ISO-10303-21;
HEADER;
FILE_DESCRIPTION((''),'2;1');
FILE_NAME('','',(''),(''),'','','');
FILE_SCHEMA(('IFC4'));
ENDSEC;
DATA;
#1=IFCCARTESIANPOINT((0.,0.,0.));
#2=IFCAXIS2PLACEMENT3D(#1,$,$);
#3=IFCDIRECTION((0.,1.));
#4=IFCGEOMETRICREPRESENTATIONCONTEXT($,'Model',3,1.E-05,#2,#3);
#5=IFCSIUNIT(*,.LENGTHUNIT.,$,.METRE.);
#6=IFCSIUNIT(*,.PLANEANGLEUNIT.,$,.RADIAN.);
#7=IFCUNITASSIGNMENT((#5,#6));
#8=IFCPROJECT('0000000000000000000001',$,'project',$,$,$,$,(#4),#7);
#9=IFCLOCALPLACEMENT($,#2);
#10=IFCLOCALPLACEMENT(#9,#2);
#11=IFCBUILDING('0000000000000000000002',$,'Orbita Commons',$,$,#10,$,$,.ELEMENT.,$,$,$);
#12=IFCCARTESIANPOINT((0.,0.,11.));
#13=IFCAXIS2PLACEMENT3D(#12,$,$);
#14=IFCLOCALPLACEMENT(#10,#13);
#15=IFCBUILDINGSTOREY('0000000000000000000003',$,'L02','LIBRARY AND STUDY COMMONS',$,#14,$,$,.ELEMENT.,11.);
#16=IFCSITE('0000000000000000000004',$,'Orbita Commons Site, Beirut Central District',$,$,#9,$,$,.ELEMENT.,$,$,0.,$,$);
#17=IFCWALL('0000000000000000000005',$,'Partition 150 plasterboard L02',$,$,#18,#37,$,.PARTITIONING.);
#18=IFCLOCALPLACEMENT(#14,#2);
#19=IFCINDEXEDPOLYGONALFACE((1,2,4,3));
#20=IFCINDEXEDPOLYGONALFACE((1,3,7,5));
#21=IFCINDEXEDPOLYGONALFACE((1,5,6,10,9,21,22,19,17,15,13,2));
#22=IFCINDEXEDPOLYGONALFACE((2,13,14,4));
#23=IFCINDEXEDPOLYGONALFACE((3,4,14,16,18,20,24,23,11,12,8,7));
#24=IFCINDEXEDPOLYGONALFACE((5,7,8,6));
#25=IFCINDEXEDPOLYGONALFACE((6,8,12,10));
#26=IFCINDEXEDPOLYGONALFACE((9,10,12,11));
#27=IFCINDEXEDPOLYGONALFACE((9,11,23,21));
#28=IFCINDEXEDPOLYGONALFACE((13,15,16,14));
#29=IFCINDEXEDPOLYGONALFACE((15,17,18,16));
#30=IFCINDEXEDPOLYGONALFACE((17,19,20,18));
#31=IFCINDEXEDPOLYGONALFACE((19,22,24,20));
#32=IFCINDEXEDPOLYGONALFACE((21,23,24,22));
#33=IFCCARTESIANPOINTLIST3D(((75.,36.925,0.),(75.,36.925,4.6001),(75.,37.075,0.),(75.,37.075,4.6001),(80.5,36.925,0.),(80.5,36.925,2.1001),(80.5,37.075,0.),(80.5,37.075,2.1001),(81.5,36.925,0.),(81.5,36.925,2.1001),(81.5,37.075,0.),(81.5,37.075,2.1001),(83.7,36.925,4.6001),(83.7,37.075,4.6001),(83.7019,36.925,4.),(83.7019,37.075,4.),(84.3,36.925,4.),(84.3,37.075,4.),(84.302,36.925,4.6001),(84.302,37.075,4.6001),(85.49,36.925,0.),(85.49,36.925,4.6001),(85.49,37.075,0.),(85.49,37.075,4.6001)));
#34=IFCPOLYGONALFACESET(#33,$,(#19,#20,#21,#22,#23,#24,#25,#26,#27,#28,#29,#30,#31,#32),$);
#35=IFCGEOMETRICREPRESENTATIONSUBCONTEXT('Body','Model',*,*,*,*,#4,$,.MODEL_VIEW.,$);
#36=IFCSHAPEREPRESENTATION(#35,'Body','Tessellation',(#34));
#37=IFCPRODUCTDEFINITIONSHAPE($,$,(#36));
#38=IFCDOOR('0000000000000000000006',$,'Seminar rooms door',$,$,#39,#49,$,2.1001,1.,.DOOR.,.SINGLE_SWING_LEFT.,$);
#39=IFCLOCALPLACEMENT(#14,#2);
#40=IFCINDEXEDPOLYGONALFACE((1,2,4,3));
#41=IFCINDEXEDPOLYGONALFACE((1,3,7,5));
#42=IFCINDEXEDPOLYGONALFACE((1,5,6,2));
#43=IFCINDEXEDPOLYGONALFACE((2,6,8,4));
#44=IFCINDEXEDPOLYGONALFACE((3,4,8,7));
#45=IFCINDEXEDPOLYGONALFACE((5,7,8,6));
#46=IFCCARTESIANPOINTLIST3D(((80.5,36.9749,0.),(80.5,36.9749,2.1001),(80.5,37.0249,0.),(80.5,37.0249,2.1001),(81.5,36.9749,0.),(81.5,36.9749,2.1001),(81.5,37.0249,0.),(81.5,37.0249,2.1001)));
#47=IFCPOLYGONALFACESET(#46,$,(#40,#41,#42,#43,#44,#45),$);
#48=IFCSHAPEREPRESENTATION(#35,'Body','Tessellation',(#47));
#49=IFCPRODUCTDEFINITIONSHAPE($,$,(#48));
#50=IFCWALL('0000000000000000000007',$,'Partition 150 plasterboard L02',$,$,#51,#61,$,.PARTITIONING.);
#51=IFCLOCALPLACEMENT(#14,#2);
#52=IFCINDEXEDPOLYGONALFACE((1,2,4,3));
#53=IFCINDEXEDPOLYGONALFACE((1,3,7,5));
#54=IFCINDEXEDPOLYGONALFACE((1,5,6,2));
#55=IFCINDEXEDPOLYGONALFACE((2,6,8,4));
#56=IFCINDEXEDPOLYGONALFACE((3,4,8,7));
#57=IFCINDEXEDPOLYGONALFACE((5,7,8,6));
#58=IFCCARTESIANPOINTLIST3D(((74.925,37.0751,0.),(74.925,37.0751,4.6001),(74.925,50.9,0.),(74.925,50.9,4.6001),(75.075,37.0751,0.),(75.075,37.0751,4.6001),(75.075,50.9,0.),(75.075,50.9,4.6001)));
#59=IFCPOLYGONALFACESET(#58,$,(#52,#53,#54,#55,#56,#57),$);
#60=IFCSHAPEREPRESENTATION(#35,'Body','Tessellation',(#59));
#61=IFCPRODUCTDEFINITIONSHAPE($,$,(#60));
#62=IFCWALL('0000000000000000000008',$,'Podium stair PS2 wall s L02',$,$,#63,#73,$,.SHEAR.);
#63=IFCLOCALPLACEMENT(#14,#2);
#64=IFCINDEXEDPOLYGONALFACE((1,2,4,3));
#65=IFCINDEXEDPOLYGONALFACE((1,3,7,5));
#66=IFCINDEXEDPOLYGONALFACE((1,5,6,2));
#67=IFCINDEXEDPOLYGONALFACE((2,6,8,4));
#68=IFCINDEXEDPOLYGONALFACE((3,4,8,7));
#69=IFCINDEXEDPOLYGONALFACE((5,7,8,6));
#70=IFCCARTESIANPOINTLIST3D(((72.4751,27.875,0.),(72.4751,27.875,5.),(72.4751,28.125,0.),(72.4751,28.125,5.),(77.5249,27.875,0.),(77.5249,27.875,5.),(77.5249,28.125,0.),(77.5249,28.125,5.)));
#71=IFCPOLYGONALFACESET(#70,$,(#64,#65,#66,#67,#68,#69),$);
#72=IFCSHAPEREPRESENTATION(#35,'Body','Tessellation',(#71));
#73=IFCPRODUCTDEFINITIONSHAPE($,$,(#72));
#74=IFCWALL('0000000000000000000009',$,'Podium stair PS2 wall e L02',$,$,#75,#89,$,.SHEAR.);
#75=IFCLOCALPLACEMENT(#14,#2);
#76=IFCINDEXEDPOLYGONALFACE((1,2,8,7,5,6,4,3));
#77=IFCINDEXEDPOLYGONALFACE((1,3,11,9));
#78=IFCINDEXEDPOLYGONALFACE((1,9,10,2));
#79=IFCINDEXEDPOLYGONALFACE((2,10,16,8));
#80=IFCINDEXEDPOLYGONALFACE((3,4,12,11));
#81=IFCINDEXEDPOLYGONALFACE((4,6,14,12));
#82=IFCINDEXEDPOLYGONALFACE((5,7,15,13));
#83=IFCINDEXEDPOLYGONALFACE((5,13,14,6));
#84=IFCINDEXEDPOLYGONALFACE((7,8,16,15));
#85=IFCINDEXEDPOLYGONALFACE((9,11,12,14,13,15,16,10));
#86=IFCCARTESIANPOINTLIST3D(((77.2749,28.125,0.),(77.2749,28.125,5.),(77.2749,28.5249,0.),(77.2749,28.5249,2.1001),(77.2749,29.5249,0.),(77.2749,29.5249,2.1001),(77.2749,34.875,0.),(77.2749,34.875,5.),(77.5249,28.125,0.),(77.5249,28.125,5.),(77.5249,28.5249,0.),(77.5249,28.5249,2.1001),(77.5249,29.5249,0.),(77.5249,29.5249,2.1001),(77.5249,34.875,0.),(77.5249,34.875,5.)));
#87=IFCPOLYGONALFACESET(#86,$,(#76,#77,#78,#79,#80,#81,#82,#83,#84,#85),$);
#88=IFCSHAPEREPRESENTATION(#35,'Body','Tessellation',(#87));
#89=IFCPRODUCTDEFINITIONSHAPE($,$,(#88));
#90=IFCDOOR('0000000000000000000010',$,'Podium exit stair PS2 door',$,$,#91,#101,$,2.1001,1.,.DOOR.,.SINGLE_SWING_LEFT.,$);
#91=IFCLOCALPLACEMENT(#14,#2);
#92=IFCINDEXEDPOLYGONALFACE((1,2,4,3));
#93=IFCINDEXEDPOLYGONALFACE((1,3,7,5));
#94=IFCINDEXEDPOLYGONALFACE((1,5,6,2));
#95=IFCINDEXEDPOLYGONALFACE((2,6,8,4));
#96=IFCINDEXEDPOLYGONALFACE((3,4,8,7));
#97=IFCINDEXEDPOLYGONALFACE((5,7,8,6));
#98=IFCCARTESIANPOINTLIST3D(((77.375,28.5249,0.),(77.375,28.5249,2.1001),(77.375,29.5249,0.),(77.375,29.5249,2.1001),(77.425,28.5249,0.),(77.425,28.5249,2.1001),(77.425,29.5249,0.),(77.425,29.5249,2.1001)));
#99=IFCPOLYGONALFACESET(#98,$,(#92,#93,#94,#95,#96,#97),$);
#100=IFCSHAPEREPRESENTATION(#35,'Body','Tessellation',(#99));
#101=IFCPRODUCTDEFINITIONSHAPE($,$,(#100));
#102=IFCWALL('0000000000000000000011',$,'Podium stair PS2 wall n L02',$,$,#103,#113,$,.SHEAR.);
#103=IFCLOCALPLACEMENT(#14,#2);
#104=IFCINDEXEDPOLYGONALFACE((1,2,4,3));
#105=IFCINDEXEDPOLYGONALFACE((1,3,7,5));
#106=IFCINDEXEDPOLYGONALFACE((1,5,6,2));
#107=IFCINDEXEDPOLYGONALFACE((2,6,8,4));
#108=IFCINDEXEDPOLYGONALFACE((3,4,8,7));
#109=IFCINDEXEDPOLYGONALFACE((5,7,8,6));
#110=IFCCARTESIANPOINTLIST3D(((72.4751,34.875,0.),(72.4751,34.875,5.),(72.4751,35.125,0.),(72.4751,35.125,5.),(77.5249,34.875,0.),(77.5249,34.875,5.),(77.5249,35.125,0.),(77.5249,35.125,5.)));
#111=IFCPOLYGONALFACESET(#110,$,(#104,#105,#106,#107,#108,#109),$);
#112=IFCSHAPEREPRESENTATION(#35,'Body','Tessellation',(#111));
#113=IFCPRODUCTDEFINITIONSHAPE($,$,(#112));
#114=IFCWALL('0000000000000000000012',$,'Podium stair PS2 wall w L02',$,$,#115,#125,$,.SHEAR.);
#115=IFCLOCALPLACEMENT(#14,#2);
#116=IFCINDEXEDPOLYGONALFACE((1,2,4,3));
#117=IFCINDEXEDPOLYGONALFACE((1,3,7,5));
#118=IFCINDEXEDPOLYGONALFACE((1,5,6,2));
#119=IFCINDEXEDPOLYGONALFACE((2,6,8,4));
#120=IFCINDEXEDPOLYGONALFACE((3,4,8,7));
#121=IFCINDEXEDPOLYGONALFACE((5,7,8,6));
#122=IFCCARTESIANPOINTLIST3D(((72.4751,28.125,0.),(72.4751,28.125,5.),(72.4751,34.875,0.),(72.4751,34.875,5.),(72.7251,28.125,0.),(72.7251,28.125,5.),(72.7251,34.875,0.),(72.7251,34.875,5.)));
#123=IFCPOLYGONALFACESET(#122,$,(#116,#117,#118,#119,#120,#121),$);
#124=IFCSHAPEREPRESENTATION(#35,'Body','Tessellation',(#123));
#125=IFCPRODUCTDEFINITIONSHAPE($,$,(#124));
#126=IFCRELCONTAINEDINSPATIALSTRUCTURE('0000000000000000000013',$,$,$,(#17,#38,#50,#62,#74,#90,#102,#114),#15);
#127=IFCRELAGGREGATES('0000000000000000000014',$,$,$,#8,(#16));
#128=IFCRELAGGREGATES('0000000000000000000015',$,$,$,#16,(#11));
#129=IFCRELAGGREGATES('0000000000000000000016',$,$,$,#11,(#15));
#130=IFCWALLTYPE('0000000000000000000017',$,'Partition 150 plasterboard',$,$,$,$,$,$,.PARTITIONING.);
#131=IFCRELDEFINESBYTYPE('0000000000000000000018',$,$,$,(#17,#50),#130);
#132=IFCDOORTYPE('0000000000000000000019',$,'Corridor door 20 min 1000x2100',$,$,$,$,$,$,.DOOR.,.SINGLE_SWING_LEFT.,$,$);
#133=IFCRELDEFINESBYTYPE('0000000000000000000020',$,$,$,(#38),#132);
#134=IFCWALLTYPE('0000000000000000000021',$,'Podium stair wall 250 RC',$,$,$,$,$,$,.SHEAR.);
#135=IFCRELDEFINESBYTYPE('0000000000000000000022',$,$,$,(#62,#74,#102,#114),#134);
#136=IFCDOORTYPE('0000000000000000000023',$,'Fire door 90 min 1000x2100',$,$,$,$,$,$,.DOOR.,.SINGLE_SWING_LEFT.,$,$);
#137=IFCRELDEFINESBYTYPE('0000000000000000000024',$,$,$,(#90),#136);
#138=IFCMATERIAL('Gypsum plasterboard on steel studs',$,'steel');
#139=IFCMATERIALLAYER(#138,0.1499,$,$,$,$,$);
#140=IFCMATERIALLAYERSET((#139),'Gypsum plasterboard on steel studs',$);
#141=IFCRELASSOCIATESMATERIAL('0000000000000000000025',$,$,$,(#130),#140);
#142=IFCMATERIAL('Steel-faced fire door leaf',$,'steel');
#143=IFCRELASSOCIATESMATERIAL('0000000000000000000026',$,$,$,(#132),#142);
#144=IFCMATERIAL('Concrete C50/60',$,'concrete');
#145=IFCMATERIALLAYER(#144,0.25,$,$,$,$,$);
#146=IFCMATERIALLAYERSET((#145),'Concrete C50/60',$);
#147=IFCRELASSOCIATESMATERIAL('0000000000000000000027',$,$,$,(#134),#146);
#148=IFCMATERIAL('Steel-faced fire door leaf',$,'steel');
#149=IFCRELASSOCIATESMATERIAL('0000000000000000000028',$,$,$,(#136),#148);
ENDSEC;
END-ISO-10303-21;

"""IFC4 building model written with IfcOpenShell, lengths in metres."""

from ifc_helpers import new_model, si_unit, direction, frame, frame_2d, origin, place, context, subcontext, project, spatial, polyline, rectangle, outline, extrude, material, layer, layer_set, type_object, element, fill, save


model = new_model("IFC4")

# Units and contexts
model_context = context("Model", 3, precision=1e-05, world=origin(), true_north=direction((0.0, 1.0)))
body_context = subcontext(model_context, "Body", "Model", "MODEL_VIEW")
ifc_project = project(units=[si_unit("LENGTHUNIT", "METRE"), si_unit("PLANEANGLEUNIT", "RADIAN")], contexts=[model_context])

# Site, building, storey
site_placement = place(None, origin())
site = spatial("IfcSite", under=ifc_project, at=site_placement, Name="Orbita Commons Site, Beirut Central District", CompositionType="ELEMENT", RefElevation=0.0)
building_placement = place(site_placement, origin())
building = spatial("IfcBuilding", under=site, at=building_placement, Name="Orbita Commons", CompositionType="ELEMENT")
storey_placement = place(building_placement, frame((0.0, 0.0, 11.0)))
storey = spatial("IfcBuildingStorey", under=building, at=storey_placement, Name="L02", Description="LIBRARY AND STUDY COMMONS", CompositionType="ELEMENT", Elevation=11.0)

# Wall, opening, door
ifc_material_1 = material(Name="Gypsum plasterboard on steel studs", Category="steel")
ifc_layer_1 = layer(ifc_material_1, 0.1499)
ifc_layer_set_1 = layer_set([ifc_layer_1], Name="Gypsum plasterboard on steel studs")
wall_type_1 = type_object("IfcWallType", Name="Partition 150 plasterboard", PredefinedType="PARTITIONING", material=ifc_layer_set_1)
ifc_material_2 = material(Name="Steel-faced fire door leaf", Category="steel")
door_type_1 = type_object("IfcDoorType", Name="Corridor door 20 min 1000x2100", OperationType="SINGLE_SWING_LEFT", PredefinedType="DOOR", material=ifc_material_2)
wall_1_placement = place(storey_placement, frame((75.0, 37.0, 0.0), z_axis=(0.0, 0.0, 1.0), x_axis=(1.0, 0.0, 0.0)))
wall_1 = element("IfcWall", 1, at=wall_1_placement, inside=storey, type_object=wall_type_1, Name="Partition 150 plasterboard L02", PredefinedType="PARTITIONING", context=body_context, shape_type="SweptSolid", body=[
    extrude(outline(polyline([(0.0, 0.0), (10.49, 0.0), (10.49, 4.6001), (9.302, 4.6001), (9.3, 4.0), (8.7019, 4.0), (8.7, 4.6001), (0.0, 4.6001), (0.0, 0.0)])), frame((0.0, 0.075, 0.0), z_axis=(0.0, -1.0, 0.0), x_axis=(1.0, 0.0, 0.0)), (0.0, 0.0, 1.0), 0.1499),
])
opening_1_placement = place(wall_1_placement, frame((5.5, 0.0, 0.0)))
opening_1 = element("IfcOpeningElement", 2, at=opening_1_placement, cuts=wall_1, PredefinedType="OPENING", context=body_context, shape_type="SweptSolid", body=[
    extrude(rectangle(XDim=1.0, YDim=2.1001, at=frame_2d((0.5, 1.05))), frame((0.0, 0.085, 0.0), z_axis=(0.0, -1.0, 0.0), x_axis=(1.0, 0.0, 0.0)), (0.0, 0.0, 1.0), 0.1699),
])
door_1_placement = place(opening_1_placement, origin())
door_1 = element("IfcDoor", 3, at=door_1_placement, inside=storey, type_object=door_type_1, Name="Seminar rooms door", OperationType="SINGLE_SWING_LEFT", OverallHeight=2.1001, OverallWidth=1.0, PredefinedType="DOOR", context=body_context, shape_type="SweptSolid", body=[
    extrude(rectangle(XDim=1.0, YDim=2.1001, at=frame_2d((0.5, 1.05))), frame((0.0, 0.0249, 0.0), z_axis=(0.0, -1.0, 0.0), x_axis=(1.0, 0.0, 0.0)), (0.0, 0.0, 1.0), 0.05),
])
fill(opening_1, door_1)

# Walls
wall_2_placement = place(storey_placement, frame((75.0, 37.075, 0.0), z_axis=(0.0, 0.0, 1.0), x_axis=(0.0, 1.0, 0.0)))
element("IfcWall", 4, at=wall_2_placement, inside=storey, type_object=wall_type_1, Name="Partition 150 plasterboard L02", PredefinedType="PARTITIONING", context=body_context, shape_type="SweptSolid", body=[
    extrude(rectangle(XDim=13.825, YDim=0.1499, at=frame_2d((6.9126, 0.0))), origin(), (0.0, 0.0, 1.0), 4.6001),
])
ifc_material_3 = material(Name="Concrete C50/60", Category="concrete")
ifc_layer_2 = layer(ifc_material_3, 0.25)
ifc_layer_set_2 = layer_set([ifc_layer_2], Name="Concrete C50/60")
wall_type_2 = type_object("IfcWallType", Name="Podium stair wall 250 RC", PredefinedType="SHEAR", material=ifc_layer_set_2)
wall_3_placement = place(storey_placement, frame((72.4751, 28.0, 0.0), z_axis=(0.0, 0.0, 1.0), x_axis=(1.0, 0.0, 0.0)))
element("IfcWall", 5, at=wall_3_placement, inside=storey, type_object=wall_type_2, Name="Podium stair PS2 wall s L02", PredefinedType="SHEAR", context=body_context, shape_type="SweptSolid", body=[
    extrude(rectangle(XDim=5.0498, YDim=0.25, at=frame_2d((2.5249, 0.0))), origin(), (0.0, 0.0, 1.0), 5.0),
])

# Wall, opening, door
wall_4_placement = place(storey_placement, frame((77.3999, 28.125, 0.0), z_axis=(0.0, 0.0, 1.0), x_axis=(0.0, 1.0, 0.0)))
wall_4 = element("IfcWall", 6, at=wall_4_placement, inside=storey, type_object=wall_type_2, Name="Podium stair PS2 wall e L02", PredefinedType="SHEAR", context=body_context, shape_type="SweptSolid", body=[
    extrude(rectangle(XDim=6.75, YDim=0.25, at=frame_2d((3.375, 0.0))), origin(), (0.0, 0.0, 1.0), 5.0),
])
opening_2_placement = place(wall_4_placement, frame((0.3999, 0.0, 0.0)))
opening_2 = element("IfcOpeningElement", 7, at=opening_2_placement, cuts=wall_4, PredefinedType="OPENING", context=body_context, shape_type="SweptSolid", body=[
    extrude(rectangle(XDim=1.0, YDim=2.1001, at=frame_2d((0.5, 1.05))), frame((0.0, 0.135, 0.0), z_axis=(0.0, -1.0, 0.0), x_axis=(1.0, 0.0, 0.0)), (0.0, 0.0, 1.0), 0.27),
])
ifc_material_4 = material(Name="Steel-faced fire door leaf", Category="steel")
door_type_2 = type_object("IfcDoorType", Name="Fire door 90 min 1000x2100", OperationType="SINGLE_SWING_LEFT", PredefinedType="DOOR", material=ifc_material_4)
door_2_placement = place(opening_2_placement, origin())
door_2 = element("IfcDoor", 8, at=door_2_placement, inside=storey, type_object=door_type_2, Name="Podium exit stair PS2 door", OperationType="SINGLE_SWING_LEFT", OverallHeight=2.1001, OverallWidth=1.0, PredefinedType="DOOR", context=body_context, shape_type="SweptSolid", body=[
    extrude(rectangle(XDim=1.0, YDim=2.1001, at=frame_2d((0.5, 1.05))), frame((0.0, 0.0249, 0.0), z_axis=(0.0, -1.0, 0.0), x_axis=(1.0, 0.0, 0.0)), (0.0, 0.0, 1.0), 0.05),
])
fill(opening_2, door_2)

# Walls
wall_5_placement = place(storey_placement, frame((77.5249, 35.0, 0.0), z_axis=(0.0, 0.0, 1.0), x_axis=(-1.0, 0.0, 0.0)))
element("IfcWall", 9, at=wall_5_placement, inside=storey, type_object=wall_type_2, Name="Podium stair PS2 wall n L02", PredefinedType="SHEAR", context=body_context, shape_type="SweptSolid", body=[
    extrude(rectangle(XDim=5.0498, YDim=0.25, at=frame_2d((2.5249, 0.0))), origin(), (0.0, 0.0, 1.0), 5.0),
])
wall_6_placement = place(storey_placement, frame((72.6001, 34.875, 0.0), z_axis=(0.0, 0.0, 1.0), x_axis=(0.0, -1.0, 0.0)))
element("IfcWall", 10, at=wall_6_placement, inside=storey, type_object=wall_type_2, Name="Podium stair PS2 wall w L02", PredefinedType="SHEAR", context=body_context, shape_type="SweptSolid", body=[
    extrude(rectangle(XDim=6.75, YDim=0.25, at=frame_2d((3.375, 0.0))), origin(), (0.0, 0.0, 1.0), 5.0),
])

save(model, "model.ifc")
